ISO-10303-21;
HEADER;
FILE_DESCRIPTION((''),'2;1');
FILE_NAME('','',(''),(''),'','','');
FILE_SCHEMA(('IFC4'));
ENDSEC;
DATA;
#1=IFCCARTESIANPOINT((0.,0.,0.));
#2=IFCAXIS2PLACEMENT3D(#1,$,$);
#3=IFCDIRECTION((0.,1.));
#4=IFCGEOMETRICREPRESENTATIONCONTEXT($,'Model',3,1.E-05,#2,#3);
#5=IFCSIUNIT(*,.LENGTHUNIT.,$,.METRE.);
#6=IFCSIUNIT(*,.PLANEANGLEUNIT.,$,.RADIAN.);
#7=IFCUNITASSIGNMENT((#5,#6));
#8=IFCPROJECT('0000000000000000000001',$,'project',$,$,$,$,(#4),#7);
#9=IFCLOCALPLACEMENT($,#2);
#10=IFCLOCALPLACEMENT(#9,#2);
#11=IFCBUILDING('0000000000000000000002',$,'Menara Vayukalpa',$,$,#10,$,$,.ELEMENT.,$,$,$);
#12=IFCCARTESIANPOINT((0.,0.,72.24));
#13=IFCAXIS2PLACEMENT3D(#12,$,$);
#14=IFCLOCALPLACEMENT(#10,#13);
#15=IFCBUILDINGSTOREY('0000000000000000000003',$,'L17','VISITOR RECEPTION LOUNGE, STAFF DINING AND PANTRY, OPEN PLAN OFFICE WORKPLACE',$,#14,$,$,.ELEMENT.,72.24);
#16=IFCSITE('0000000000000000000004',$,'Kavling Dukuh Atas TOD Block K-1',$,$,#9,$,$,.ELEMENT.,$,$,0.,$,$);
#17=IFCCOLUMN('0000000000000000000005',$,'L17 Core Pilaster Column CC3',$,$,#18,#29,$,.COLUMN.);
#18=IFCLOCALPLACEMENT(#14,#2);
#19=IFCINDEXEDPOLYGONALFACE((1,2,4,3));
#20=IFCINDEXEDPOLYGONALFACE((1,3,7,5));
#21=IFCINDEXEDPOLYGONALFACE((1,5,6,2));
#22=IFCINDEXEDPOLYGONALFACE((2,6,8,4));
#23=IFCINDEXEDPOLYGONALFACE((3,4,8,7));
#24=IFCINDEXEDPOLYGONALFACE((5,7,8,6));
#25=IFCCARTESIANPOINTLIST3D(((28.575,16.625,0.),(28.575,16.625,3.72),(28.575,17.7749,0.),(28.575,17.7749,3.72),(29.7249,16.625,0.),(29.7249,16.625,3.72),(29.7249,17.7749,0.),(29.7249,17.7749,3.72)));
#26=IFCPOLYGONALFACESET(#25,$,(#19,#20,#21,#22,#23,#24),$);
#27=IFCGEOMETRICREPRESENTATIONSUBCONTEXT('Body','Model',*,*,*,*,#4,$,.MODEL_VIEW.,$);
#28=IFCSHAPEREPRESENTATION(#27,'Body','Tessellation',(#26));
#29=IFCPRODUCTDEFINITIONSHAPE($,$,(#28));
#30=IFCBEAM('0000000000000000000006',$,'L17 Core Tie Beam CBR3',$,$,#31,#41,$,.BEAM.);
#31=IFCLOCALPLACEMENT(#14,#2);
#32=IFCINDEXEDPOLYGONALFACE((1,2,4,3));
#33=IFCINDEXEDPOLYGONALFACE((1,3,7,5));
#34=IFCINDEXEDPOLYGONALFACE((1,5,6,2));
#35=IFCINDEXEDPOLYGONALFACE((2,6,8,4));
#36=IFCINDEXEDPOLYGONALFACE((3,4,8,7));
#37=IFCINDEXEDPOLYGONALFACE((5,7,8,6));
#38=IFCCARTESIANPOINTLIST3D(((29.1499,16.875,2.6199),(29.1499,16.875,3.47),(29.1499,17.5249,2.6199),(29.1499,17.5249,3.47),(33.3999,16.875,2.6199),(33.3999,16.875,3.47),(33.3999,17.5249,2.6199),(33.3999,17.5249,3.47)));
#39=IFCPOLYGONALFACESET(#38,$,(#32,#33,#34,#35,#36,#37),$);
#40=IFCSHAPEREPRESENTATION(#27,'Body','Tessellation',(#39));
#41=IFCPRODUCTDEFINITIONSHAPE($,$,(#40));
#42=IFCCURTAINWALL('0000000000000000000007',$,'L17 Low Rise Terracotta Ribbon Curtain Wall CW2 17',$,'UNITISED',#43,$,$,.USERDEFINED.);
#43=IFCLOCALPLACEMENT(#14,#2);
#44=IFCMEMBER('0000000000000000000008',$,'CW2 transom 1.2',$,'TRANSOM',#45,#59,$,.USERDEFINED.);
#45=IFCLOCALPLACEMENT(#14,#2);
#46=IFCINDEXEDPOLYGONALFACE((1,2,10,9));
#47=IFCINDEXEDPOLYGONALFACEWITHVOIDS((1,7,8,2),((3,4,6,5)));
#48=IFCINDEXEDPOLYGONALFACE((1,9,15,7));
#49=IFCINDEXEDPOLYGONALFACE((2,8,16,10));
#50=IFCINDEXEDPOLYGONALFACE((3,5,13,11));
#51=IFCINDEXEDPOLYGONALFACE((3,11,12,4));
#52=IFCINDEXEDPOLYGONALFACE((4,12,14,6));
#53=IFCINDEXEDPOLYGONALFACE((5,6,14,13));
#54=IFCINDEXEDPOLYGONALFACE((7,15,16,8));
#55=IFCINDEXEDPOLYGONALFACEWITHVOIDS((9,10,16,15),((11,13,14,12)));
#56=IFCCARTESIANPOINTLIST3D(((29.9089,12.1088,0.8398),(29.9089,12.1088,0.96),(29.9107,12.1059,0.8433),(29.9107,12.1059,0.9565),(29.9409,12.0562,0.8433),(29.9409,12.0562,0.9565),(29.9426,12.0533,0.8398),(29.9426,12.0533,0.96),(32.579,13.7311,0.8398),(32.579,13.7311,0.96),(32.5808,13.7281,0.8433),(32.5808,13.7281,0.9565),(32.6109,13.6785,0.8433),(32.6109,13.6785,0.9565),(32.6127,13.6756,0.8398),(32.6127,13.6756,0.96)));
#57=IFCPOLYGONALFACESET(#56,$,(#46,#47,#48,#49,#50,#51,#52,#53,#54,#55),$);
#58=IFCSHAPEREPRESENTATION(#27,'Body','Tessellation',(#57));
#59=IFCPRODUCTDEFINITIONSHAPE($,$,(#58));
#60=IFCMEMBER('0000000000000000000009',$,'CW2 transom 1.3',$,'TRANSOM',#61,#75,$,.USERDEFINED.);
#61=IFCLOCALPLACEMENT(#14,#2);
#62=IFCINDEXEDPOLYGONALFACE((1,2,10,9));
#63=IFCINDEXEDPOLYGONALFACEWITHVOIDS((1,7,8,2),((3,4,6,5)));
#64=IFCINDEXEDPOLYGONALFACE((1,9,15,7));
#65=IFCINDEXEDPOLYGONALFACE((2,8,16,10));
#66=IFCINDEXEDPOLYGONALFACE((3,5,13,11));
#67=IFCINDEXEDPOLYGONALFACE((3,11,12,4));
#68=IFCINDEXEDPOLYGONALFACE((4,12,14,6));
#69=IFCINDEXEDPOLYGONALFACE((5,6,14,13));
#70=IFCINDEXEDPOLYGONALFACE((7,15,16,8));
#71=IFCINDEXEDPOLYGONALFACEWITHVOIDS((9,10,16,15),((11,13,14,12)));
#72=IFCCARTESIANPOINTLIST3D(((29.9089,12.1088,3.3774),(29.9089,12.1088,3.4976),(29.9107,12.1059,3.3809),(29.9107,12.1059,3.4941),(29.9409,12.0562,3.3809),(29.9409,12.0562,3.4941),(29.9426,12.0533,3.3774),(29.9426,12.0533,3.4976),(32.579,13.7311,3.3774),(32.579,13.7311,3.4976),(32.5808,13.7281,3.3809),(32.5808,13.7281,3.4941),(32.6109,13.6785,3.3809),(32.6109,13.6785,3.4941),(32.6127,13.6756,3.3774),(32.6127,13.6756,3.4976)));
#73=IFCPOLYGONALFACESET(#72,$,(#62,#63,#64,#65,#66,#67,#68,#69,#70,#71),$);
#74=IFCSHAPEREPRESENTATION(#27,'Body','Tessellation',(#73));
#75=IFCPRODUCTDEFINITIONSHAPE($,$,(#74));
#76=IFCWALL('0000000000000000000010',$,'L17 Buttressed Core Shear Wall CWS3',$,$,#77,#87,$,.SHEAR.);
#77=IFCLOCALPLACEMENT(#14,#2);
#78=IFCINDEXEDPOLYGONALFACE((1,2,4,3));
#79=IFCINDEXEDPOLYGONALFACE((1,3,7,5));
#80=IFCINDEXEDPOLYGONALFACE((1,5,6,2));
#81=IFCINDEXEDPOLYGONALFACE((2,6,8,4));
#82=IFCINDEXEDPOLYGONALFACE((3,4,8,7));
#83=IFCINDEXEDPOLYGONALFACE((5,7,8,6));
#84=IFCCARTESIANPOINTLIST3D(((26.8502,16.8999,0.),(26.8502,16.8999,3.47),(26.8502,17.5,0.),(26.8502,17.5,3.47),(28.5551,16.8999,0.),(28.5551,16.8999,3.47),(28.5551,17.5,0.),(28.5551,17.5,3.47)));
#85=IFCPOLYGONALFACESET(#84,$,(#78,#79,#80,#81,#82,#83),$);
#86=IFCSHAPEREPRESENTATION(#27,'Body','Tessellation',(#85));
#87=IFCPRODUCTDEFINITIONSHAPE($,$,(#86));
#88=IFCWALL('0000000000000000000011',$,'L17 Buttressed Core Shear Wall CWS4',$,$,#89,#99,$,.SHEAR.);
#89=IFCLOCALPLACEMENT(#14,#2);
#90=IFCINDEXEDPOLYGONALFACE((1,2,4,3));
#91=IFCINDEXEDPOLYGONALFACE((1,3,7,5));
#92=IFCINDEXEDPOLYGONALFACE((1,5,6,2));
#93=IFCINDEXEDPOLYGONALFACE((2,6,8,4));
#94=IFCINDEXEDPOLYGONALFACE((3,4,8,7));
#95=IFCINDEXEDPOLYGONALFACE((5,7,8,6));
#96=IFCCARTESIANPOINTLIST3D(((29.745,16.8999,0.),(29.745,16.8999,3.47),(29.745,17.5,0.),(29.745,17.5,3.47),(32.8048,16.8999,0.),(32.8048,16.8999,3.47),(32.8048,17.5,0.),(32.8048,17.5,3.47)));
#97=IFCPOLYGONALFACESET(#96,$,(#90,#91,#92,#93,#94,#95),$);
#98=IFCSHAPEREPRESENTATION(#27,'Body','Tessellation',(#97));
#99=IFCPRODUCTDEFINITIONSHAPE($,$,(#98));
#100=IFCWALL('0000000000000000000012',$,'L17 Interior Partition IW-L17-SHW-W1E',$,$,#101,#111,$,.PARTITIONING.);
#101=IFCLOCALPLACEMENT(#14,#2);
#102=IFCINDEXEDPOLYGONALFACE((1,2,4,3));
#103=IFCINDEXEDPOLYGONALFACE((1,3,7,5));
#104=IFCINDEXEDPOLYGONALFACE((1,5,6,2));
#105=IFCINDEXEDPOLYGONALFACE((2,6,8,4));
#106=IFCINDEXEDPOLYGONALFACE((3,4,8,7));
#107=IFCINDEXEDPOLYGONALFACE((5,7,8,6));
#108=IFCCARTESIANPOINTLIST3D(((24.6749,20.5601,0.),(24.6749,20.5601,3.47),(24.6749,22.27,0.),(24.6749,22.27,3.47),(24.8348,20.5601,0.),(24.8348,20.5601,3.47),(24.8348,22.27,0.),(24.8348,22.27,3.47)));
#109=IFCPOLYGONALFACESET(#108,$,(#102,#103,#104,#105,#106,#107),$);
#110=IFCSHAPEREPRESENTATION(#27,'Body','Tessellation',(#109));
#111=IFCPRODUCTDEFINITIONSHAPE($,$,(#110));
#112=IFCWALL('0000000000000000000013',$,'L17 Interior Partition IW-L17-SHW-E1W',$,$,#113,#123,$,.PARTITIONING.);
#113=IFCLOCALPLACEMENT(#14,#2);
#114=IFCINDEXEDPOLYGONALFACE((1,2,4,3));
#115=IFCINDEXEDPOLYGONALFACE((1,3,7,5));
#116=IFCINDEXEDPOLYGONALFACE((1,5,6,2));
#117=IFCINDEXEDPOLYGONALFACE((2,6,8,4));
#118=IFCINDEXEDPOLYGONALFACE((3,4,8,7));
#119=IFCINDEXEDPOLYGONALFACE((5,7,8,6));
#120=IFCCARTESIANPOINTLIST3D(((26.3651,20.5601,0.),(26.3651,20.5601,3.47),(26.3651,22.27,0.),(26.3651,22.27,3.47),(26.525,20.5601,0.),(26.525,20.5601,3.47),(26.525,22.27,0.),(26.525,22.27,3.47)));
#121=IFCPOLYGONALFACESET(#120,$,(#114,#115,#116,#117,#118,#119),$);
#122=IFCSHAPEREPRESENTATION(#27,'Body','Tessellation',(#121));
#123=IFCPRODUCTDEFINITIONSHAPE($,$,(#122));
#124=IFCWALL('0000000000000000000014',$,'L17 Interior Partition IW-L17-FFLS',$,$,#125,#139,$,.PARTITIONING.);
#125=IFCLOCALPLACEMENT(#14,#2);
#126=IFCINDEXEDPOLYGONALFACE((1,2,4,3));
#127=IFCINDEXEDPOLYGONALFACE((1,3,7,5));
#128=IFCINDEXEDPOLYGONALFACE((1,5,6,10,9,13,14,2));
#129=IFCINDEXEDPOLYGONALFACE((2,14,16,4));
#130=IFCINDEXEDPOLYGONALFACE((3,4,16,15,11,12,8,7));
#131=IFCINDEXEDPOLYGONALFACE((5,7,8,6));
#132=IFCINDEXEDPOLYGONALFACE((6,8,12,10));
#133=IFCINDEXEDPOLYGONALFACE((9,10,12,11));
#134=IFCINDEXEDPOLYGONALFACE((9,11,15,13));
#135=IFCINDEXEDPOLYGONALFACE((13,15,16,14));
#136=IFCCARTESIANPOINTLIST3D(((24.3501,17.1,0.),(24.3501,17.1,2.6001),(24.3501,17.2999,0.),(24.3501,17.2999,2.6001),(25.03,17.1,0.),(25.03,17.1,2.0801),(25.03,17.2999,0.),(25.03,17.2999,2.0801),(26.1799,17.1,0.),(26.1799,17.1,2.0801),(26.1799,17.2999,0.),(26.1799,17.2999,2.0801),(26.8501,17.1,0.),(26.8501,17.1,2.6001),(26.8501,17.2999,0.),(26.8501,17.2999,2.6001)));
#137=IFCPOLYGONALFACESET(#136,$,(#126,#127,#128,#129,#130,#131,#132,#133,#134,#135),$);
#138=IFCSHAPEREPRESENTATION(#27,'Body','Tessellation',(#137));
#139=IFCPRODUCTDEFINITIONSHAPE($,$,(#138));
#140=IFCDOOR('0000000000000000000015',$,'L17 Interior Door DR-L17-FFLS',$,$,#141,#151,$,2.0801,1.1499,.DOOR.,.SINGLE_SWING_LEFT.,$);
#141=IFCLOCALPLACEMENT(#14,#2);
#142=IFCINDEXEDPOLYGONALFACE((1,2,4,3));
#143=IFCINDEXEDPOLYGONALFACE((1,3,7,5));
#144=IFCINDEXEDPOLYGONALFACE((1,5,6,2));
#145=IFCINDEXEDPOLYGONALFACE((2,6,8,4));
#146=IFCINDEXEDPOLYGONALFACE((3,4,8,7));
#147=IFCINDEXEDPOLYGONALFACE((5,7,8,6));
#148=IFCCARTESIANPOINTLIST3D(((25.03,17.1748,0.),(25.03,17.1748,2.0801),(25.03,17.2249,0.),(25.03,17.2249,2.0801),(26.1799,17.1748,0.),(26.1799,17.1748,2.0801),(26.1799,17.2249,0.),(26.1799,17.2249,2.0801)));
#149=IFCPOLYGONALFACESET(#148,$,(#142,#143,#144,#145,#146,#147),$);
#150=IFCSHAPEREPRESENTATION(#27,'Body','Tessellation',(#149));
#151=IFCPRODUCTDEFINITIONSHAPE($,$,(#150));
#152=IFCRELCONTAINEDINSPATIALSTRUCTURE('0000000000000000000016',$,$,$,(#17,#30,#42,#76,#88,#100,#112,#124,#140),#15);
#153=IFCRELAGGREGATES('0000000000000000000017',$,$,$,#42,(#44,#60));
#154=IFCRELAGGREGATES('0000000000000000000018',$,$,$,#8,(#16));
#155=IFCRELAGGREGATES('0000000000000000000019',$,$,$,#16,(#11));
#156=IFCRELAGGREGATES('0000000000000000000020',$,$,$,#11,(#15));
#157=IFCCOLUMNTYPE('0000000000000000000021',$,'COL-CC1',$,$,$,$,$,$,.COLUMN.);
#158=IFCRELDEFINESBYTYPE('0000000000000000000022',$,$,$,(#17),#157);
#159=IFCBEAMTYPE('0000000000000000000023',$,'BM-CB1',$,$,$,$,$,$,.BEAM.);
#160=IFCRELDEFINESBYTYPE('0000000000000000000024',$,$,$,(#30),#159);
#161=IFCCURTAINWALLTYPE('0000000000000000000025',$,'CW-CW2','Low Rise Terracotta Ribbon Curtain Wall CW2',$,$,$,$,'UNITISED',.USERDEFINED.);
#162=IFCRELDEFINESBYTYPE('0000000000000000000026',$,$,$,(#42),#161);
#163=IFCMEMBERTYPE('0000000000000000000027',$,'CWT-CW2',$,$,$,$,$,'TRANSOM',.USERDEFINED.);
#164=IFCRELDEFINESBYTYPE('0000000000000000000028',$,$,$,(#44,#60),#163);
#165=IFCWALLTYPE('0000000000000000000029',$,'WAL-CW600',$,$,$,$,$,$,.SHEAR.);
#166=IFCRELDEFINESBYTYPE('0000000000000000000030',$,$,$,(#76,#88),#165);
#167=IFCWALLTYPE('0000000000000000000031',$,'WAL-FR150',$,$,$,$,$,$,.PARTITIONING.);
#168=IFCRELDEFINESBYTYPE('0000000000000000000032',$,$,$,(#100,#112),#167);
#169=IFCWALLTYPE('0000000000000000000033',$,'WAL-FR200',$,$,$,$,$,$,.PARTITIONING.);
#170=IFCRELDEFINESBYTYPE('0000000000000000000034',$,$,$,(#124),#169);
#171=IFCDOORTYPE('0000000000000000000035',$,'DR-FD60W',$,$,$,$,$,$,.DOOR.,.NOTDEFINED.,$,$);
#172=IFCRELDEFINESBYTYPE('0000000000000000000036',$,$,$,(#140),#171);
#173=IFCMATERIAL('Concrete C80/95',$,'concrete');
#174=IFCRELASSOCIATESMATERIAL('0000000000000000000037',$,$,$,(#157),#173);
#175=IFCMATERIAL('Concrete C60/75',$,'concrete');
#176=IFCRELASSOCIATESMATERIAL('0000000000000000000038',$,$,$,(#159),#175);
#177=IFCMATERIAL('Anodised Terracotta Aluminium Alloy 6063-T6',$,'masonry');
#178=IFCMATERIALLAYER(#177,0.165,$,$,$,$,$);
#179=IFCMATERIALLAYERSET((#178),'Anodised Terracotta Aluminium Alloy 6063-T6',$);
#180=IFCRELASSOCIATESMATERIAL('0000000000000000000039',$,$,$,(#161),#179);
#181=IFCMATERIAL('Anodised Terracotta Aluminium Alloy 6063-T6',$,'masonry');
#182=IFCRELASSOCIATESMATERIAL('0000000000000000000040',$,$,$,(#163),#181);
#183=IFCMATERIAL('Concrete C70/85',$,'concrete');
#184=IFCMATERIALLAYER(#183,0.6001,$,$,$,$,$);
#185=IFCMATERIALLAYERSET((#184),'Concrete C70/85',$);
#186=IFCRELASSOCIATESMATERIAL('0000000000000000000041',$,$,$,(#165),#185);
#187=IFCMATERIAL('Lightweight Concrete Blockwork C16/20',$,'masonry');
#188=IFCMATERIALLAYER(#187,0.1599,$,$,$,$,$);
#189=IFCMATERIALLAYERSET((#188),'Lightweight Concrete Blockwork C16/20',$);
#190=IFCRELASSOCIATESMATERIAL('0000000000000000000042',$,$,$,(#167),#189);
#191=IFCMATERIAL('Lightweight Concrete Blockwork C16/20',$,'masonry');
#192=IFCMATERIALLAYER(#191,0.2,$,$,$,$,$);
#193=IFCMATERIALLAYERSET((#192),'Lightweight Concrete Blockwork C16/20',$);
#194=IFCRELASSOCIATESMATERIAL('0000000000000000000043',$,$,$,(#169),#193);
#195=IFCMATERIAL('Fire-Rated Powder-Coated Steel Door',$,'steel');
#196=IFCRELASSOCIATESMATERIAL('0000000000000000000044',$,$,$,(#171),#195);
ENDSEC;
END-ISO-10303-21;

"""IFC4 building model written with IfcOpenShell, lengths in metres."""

from ifc_helpers import new_model, si_unit, direction, frame, frame_2d, origin, origin_2d, place, context, subcontext, project, spatial, rectangle, hollow_rectangle, extrude, material, layer, layer_set, material_profile, profile_set, type_object, element, fill, aggregate, save


model = new_model("IFC4")

# Units and contexts
model_context = context("Model", 3, precision=1e-05, world=origin(), true_north=direction((0.0, 1.0)))
body_context = subcontext(model_context, "Body", "Model", "MODEL_VIEW")
ifc_project = project(units=[si_unit("LENGTHUNIT", "METRE"), si_unit("PLANEANGLEUNIT", "RADIAN")], contexts=[model_context])

# Site, building, storey
site_placement = place(None, origin())
site = spatial("IfcSite", under=ifc_project, at=site_placement, Name="Kavling Dukuh Atas TOD Block K-1", CompositionType="ELEMENT", RefElevation=0.0)
building_placement = place(site_placement, origin())
building = spatial("IfcBuilding", under=site, at=building_placement, Name="Menara Vayukalpa", CompositionType="ELEMENT")
storey_placement = place(building_placement, frame((0.0, 0.0, 72.24)))
storey = spatial("IfcBuildingStorey", under=building, at=storey_placement, Name="L17", Description="VISITOR RECEPTION LOUNGE, STAFF DINING AND PANTRY, OPEN PLAN OFFICE WORKPLACE", CompositionType="ELEMENT", Elevation=72.24)

# Column
ifc_material_1 = material(Name="Concrete C80/95", Category="concrete")
ifc_material_profile_1 = material_profile(ifc_material_1, rectangle(XDim=1.1499, YDim=1.1499, at=origin_2d()), Name="RC 1150x1150")
ifc_profile_set_1 = profile_set([ifc_material_profile_1], Name="Concrete C80/95")
column_type = type_object("IfcColumnType", Name="COL-CC1", PredefinedType="COLUMN", material=ifc_profile_set_1)
column_placement = place(storey_placement, frame((29.1499, 17.2, 0.0), z_axis=(0.0, 0.0, 1.0), x_axis=(1.0, 0.0, 0.0)))
element("IfcColumn", 1, at=column_placement, inside=storey, type_object=column_type, Name="L17 Core Pilaster Column CC3", PredefinedType="COLUMN", context=body_context, shape_type="SweptSolid", body=[
    extrude(rectangle(XDim=1.1499, YDim=1.1499, at=origin_2d()), origin(), (0.0, 0.0, 1.0), 3.72),
])

# Beam
ifc_material_2 = material(Name="Concrete C60/75", Category="concrete")
ifc_material_profile_2 = material_profile(ifc_material_2, rectangle(XDim=0.6499, YDim=0.8501, at=origin_2d()), Name="RC 650x850")
ifc_profile_set_2 = profile_set([ifc_material_profile_2], Name="Concrete C60/75")
beam_type = type_object("IfcBeamType", Name="BM-CB1", PredefinedType="BEAM", material=ifc_profile_set_2)
beam_placement = place(storey_placement, frame((29.1499, 17.2, 3.0449), z_axis=(1.0, 0.0, 0.0), x_axis=(0.0, 1.0, 0.0)))
element("IfcBeam", 2, at=beam_placement, inside=storey, type_object=beam_type, Name="L17 Core Tie Beam CBR3", PredefinedType="BEAM", context=body_context, shape_type="SweptSolid", body=[
    extrude(rectangle(XDim=0.6499, YDim=0.8501, at=origin_2d()), origin(), (0.0, 0.0, 1.0), 4.25),
])

# Curtain wall, members
ifc_material_3 = material(Name="Anodised Terracotta Aluminium Alloy 6063-T6", Category="masonry")
ifc_layer_1 = layer(ifc_material_3, 0.165)
ifc_layer_set_1 = layer_set([ifc_layer_1], Name="Anodised Terracotta Aluminium Alloy 6063-T6")
curtain_wall_type = type_object("IfcCurtainWallType", Name="CW-CW2", Description="Low Rise Terracotta Ribbon Curtain Wall CW2", ElementType="UNITISED", PredefinedType="USERDEFINED", material=ifc_layer_set_1)
curtain_wall_placement = place(storey_placement, origin())
curtain_wall = element("IfcCurtainWall", 3, at=curtain_wall_placement, inside=storey, type_object=curtain_wall_type, Name="L17 Low Rise Terracotta Ribbon Curtain Wall CW2 17", ObjectType="UNITISED", PredefinedType="USERDEFINED")
ifc_material_4 = material(Name="Anodised Terracotta Aluminium Alloy 6063-T6", Category="masonry")
ifc_material_profile_3 = material_profile(ifc_material_4, hollow_rectangle(XDim=0.0649, YDim=0.1201, WallThickness=0.0034, at=origin_2d()), Name="ALU 65x120x3.5")
ifc_profile_set_3 = profile_set([ifc_material_profile_3], Name="Anodised Terracotta Aluminium Alloy 6063-T6")
member_type = type_object("IfcMemberType", Name="CWT-CW2", ElementType="TRANSOM", PredefinedType="USERDEFINED", material=ifc_profile_set_3)
member_1_placement = place(storey_placement, frame((29.9258, 12.0811, 0.8999), z_axis=(0.854625, 0.519245, 0.0), x_axis=(-0.519245, 0.854625, 0.0)))
member_1 = element("IfcMember", 4, at=member_1_placement, type_object=member_type, Name="CW2 transom 1.2", ObjectType="TRANSOM", PredefinedType="USERDEFINED", context=body_context, shape_type="SweptSolid", body=[
    extrude(hollow_rectangle(XDim=0.0649, YDim=0.1201, WallThickness=0.0034, at=origin_2d()), origin(), (0.0, 0.0, 1.0), 3.1243),
])
member_2_placement = place(storey_placement, frame((29.9258, 12.0811, 3.4375), z_axis=(0.854625, 0.519245, 0.0), x_axis=(-0.519245, 0.854625, 0.0)))
member_2 = element("IfcMember", 5, at=member_2_placement, type_object=member_type, Name="CW2 transom 1.3", ObjectType="TRANSOM", PredefinedType="USERDEFINED", context=body_context, shape_type="SweptSolid", body=[
    extrude(hollow_rectangle(XDim=0.0649, YDim=0.1201, WallThickness=0.0034, at=origin_2d()), origin(), (0.0, 0.0, 1.0), 3.1243),
])
aggregate(curtain_wall, [member_1, member_2])

# Walls
ifc_material_5 = material(Name="Concrete C70/85", Category="concrete")
ifc_layer_2 = layer(ifc_material_5, 0.6001)
ifc_layer_set_2 = layer_set([ifc_layer_2], Name="Concrete C70/85")
wall_type_1 = type_object("IfcWallType", Name="WAL-CW600", PredefinedType="SHEAR", material=ifc_layer_set_2)
wall_1_placement = place(storey_placement, frame((26.8501, 17.2, 0.0), z_axis=(0.0, 0.0, 1.0), x_axis=(1.0, 0.0, 0.0)))
element("IfcWall", 6, at=wall_1_placement, inside=storey, type_object=wall_type_1, Name="L17 Buttressed Core Shear Wall CWS3", PredefinedType="SHEAR", context=body_context, shape_type="SweptSolid", body=[
    extrude(rectangle(XDim=1.7048, YDim=0.6001, at=frame_2d((0.8525, 0.0))), origin(), (0.0, 0.0, 1.0), 3.47),
])
wall_2_placement = place(storey_placement, frame((29.7451, 17.2, 0.0), z_axis=(0.0, 0.0, 1.0), x_axis=(1.0, 0.0, 0.0)))
element("IfcWall", 7, at=wall_2_placement, inside=storey, type_object=wall_type_1, Name="L17 Buttressed Core Shear Wall CWS4", PredefinedType="SHEAR", context=body_context, shape_type="SweptSolid", body=[
    extrude(rectangle(XDim=3.0598, YDim=0.6001, at=frame_2d((1.5298, 0.0))), origin(), (0.0, 0.0, 1.0), 3.47),
])
ifc_material_6 = material(Name="Lightweight Concrete Blockwork C16/20", Category="masonry")
ifc_layer_3 = layer(ifc_material_6, 0.1599)
ifc_layer_set_3 = layer_set([ifc_layer_3], Name="Lightweight Concrete Blockwork C16/20")
wall_type_2 = type_object("IfcWallType", Name="WAL-FR150", PredefinedType="PARTITIONING", material=ifc_layer_set_3)
for number, where, z_axis, x_axis, name in (
    (8, (24.7549, 20.5601, 0.0), (0.0, 0.0, 1.0), (0.0, 1.0, 0.0), "L17 Interior Partition IW-L17-SHW-W1E"),
    (9, (26.4451, 20.5601, 0.0), (0.0, 0.0, 1.0), (0.0, 1.0, 0.0), "L17 Interior Partition IW-L17-SHW-E1W"),
):
    element("IfcWall", number, at=place(storey_placement, frame(where, z_axis=z_axis, x_axis=x_axis)), inside=storey, type_object=wall_type_2, Name=name, PredefinedType="PARTITIONING", context=body_context, shape_type="SweptSolid", body=[
        extrude(rectangle(XDim=1.71, YDim=0.1599, at=frame_2d((0.855, 0.0))), origin(), (0.0, 0.0, 1.0), 3.47),
    ])

# Wall, opening, door
ifc_material_7 = material(Name="Lightweight Concrete Blockwork C16/20", Category="masonry")
ifc_layer_4 = layer(ifc_material_7, 0.2)
ifc_layer_set_4 = layer_set([ifc_layer_4], Name="Lightweight Concrete Blockwork C16/20")
wall_type_3 = type_object("IfcWallType", Name="WAL-FR200", PredefinedType="PARTITIONING", material=ifc_layer_set_4)
wall_3_placement = place(storey_placement, frame((24.3501, 17.2, 0.0), z_axis=(0.0, 0.0, 1.0), x_axis=(1.0, 0.0, 0.0)))
wall_3 = element("IfcWall", 10, at=wall_3_placement, inside=storey, type_object=wall_type_3, Name="L17 Interior Partition IW-L17-FFLS", PredefinedType="PARTITIONING", context=body_context, shape_type="SweptSolid", body=[
    extrude(rectangle(XDim=2.5, YDim=0.2, at=frame_2d((1.25, 0.0))), origin(), (0.0, 0.0, 1.0), 2.6001),
])
opening_1_placement = place(wall_3_placement, frame((0.6799, 0.0, 0.0)))
opening_1 = element("IfcOpeningElement", 11, at=opening_1_placement, cuts=wall_3, PredefinedType="OPENING", context=body_context, shape_type="SweptSolid", body=[
    extrude(rectangle(XDim=1.1499, YDim=2.0801, at=frame_2d((0.575, 1.04))), frame((0.0, 0.1099, 0.0), z_axis=(0.0, -1.0, 0.0), x_axis=(1.0, 0.0, 0.0)), (0.0, 0.0, 1.0), 0.22),
])
ifc_material_8 = material(Name="Fire-Rated Powder-Coated Steel Door", Category="steel")
door_type_1 = type_object("IfcDoorType", Name="DR-FD60W", OperationType="NOTDEFINED", PredefinedType="DOOR", material=ifc_material_8)
door_1_placement = place(opening_1_placement, origin())
door_1 = element("IfcDoor", 12, at=door_1_placement, inside=storey, type_object=door_type_1, Name="L17 Interior Door DR-L17-FFLS", OperationType="SINGLE_SWING_LEFT", OverallHeight=2.0801, OverallWidth=1.1499, PredefinedType="DOOR", context=body_context, shape_type="SweptSolid", body=[
    extrude(rectangle(XDim=1.1499, YDim=2.0801, at=frame_2d((0.575, 1.04))), frame((0.0, 0.0249, 0.0), z_axis=(0.0, -1.0, 0.0), x_axis=(1.0, 0.0, 0.0)), (0.0, 0.0, 1.0), 0.05),
])
fill(opening_1, door_1)

save(model, "model.ifc")
